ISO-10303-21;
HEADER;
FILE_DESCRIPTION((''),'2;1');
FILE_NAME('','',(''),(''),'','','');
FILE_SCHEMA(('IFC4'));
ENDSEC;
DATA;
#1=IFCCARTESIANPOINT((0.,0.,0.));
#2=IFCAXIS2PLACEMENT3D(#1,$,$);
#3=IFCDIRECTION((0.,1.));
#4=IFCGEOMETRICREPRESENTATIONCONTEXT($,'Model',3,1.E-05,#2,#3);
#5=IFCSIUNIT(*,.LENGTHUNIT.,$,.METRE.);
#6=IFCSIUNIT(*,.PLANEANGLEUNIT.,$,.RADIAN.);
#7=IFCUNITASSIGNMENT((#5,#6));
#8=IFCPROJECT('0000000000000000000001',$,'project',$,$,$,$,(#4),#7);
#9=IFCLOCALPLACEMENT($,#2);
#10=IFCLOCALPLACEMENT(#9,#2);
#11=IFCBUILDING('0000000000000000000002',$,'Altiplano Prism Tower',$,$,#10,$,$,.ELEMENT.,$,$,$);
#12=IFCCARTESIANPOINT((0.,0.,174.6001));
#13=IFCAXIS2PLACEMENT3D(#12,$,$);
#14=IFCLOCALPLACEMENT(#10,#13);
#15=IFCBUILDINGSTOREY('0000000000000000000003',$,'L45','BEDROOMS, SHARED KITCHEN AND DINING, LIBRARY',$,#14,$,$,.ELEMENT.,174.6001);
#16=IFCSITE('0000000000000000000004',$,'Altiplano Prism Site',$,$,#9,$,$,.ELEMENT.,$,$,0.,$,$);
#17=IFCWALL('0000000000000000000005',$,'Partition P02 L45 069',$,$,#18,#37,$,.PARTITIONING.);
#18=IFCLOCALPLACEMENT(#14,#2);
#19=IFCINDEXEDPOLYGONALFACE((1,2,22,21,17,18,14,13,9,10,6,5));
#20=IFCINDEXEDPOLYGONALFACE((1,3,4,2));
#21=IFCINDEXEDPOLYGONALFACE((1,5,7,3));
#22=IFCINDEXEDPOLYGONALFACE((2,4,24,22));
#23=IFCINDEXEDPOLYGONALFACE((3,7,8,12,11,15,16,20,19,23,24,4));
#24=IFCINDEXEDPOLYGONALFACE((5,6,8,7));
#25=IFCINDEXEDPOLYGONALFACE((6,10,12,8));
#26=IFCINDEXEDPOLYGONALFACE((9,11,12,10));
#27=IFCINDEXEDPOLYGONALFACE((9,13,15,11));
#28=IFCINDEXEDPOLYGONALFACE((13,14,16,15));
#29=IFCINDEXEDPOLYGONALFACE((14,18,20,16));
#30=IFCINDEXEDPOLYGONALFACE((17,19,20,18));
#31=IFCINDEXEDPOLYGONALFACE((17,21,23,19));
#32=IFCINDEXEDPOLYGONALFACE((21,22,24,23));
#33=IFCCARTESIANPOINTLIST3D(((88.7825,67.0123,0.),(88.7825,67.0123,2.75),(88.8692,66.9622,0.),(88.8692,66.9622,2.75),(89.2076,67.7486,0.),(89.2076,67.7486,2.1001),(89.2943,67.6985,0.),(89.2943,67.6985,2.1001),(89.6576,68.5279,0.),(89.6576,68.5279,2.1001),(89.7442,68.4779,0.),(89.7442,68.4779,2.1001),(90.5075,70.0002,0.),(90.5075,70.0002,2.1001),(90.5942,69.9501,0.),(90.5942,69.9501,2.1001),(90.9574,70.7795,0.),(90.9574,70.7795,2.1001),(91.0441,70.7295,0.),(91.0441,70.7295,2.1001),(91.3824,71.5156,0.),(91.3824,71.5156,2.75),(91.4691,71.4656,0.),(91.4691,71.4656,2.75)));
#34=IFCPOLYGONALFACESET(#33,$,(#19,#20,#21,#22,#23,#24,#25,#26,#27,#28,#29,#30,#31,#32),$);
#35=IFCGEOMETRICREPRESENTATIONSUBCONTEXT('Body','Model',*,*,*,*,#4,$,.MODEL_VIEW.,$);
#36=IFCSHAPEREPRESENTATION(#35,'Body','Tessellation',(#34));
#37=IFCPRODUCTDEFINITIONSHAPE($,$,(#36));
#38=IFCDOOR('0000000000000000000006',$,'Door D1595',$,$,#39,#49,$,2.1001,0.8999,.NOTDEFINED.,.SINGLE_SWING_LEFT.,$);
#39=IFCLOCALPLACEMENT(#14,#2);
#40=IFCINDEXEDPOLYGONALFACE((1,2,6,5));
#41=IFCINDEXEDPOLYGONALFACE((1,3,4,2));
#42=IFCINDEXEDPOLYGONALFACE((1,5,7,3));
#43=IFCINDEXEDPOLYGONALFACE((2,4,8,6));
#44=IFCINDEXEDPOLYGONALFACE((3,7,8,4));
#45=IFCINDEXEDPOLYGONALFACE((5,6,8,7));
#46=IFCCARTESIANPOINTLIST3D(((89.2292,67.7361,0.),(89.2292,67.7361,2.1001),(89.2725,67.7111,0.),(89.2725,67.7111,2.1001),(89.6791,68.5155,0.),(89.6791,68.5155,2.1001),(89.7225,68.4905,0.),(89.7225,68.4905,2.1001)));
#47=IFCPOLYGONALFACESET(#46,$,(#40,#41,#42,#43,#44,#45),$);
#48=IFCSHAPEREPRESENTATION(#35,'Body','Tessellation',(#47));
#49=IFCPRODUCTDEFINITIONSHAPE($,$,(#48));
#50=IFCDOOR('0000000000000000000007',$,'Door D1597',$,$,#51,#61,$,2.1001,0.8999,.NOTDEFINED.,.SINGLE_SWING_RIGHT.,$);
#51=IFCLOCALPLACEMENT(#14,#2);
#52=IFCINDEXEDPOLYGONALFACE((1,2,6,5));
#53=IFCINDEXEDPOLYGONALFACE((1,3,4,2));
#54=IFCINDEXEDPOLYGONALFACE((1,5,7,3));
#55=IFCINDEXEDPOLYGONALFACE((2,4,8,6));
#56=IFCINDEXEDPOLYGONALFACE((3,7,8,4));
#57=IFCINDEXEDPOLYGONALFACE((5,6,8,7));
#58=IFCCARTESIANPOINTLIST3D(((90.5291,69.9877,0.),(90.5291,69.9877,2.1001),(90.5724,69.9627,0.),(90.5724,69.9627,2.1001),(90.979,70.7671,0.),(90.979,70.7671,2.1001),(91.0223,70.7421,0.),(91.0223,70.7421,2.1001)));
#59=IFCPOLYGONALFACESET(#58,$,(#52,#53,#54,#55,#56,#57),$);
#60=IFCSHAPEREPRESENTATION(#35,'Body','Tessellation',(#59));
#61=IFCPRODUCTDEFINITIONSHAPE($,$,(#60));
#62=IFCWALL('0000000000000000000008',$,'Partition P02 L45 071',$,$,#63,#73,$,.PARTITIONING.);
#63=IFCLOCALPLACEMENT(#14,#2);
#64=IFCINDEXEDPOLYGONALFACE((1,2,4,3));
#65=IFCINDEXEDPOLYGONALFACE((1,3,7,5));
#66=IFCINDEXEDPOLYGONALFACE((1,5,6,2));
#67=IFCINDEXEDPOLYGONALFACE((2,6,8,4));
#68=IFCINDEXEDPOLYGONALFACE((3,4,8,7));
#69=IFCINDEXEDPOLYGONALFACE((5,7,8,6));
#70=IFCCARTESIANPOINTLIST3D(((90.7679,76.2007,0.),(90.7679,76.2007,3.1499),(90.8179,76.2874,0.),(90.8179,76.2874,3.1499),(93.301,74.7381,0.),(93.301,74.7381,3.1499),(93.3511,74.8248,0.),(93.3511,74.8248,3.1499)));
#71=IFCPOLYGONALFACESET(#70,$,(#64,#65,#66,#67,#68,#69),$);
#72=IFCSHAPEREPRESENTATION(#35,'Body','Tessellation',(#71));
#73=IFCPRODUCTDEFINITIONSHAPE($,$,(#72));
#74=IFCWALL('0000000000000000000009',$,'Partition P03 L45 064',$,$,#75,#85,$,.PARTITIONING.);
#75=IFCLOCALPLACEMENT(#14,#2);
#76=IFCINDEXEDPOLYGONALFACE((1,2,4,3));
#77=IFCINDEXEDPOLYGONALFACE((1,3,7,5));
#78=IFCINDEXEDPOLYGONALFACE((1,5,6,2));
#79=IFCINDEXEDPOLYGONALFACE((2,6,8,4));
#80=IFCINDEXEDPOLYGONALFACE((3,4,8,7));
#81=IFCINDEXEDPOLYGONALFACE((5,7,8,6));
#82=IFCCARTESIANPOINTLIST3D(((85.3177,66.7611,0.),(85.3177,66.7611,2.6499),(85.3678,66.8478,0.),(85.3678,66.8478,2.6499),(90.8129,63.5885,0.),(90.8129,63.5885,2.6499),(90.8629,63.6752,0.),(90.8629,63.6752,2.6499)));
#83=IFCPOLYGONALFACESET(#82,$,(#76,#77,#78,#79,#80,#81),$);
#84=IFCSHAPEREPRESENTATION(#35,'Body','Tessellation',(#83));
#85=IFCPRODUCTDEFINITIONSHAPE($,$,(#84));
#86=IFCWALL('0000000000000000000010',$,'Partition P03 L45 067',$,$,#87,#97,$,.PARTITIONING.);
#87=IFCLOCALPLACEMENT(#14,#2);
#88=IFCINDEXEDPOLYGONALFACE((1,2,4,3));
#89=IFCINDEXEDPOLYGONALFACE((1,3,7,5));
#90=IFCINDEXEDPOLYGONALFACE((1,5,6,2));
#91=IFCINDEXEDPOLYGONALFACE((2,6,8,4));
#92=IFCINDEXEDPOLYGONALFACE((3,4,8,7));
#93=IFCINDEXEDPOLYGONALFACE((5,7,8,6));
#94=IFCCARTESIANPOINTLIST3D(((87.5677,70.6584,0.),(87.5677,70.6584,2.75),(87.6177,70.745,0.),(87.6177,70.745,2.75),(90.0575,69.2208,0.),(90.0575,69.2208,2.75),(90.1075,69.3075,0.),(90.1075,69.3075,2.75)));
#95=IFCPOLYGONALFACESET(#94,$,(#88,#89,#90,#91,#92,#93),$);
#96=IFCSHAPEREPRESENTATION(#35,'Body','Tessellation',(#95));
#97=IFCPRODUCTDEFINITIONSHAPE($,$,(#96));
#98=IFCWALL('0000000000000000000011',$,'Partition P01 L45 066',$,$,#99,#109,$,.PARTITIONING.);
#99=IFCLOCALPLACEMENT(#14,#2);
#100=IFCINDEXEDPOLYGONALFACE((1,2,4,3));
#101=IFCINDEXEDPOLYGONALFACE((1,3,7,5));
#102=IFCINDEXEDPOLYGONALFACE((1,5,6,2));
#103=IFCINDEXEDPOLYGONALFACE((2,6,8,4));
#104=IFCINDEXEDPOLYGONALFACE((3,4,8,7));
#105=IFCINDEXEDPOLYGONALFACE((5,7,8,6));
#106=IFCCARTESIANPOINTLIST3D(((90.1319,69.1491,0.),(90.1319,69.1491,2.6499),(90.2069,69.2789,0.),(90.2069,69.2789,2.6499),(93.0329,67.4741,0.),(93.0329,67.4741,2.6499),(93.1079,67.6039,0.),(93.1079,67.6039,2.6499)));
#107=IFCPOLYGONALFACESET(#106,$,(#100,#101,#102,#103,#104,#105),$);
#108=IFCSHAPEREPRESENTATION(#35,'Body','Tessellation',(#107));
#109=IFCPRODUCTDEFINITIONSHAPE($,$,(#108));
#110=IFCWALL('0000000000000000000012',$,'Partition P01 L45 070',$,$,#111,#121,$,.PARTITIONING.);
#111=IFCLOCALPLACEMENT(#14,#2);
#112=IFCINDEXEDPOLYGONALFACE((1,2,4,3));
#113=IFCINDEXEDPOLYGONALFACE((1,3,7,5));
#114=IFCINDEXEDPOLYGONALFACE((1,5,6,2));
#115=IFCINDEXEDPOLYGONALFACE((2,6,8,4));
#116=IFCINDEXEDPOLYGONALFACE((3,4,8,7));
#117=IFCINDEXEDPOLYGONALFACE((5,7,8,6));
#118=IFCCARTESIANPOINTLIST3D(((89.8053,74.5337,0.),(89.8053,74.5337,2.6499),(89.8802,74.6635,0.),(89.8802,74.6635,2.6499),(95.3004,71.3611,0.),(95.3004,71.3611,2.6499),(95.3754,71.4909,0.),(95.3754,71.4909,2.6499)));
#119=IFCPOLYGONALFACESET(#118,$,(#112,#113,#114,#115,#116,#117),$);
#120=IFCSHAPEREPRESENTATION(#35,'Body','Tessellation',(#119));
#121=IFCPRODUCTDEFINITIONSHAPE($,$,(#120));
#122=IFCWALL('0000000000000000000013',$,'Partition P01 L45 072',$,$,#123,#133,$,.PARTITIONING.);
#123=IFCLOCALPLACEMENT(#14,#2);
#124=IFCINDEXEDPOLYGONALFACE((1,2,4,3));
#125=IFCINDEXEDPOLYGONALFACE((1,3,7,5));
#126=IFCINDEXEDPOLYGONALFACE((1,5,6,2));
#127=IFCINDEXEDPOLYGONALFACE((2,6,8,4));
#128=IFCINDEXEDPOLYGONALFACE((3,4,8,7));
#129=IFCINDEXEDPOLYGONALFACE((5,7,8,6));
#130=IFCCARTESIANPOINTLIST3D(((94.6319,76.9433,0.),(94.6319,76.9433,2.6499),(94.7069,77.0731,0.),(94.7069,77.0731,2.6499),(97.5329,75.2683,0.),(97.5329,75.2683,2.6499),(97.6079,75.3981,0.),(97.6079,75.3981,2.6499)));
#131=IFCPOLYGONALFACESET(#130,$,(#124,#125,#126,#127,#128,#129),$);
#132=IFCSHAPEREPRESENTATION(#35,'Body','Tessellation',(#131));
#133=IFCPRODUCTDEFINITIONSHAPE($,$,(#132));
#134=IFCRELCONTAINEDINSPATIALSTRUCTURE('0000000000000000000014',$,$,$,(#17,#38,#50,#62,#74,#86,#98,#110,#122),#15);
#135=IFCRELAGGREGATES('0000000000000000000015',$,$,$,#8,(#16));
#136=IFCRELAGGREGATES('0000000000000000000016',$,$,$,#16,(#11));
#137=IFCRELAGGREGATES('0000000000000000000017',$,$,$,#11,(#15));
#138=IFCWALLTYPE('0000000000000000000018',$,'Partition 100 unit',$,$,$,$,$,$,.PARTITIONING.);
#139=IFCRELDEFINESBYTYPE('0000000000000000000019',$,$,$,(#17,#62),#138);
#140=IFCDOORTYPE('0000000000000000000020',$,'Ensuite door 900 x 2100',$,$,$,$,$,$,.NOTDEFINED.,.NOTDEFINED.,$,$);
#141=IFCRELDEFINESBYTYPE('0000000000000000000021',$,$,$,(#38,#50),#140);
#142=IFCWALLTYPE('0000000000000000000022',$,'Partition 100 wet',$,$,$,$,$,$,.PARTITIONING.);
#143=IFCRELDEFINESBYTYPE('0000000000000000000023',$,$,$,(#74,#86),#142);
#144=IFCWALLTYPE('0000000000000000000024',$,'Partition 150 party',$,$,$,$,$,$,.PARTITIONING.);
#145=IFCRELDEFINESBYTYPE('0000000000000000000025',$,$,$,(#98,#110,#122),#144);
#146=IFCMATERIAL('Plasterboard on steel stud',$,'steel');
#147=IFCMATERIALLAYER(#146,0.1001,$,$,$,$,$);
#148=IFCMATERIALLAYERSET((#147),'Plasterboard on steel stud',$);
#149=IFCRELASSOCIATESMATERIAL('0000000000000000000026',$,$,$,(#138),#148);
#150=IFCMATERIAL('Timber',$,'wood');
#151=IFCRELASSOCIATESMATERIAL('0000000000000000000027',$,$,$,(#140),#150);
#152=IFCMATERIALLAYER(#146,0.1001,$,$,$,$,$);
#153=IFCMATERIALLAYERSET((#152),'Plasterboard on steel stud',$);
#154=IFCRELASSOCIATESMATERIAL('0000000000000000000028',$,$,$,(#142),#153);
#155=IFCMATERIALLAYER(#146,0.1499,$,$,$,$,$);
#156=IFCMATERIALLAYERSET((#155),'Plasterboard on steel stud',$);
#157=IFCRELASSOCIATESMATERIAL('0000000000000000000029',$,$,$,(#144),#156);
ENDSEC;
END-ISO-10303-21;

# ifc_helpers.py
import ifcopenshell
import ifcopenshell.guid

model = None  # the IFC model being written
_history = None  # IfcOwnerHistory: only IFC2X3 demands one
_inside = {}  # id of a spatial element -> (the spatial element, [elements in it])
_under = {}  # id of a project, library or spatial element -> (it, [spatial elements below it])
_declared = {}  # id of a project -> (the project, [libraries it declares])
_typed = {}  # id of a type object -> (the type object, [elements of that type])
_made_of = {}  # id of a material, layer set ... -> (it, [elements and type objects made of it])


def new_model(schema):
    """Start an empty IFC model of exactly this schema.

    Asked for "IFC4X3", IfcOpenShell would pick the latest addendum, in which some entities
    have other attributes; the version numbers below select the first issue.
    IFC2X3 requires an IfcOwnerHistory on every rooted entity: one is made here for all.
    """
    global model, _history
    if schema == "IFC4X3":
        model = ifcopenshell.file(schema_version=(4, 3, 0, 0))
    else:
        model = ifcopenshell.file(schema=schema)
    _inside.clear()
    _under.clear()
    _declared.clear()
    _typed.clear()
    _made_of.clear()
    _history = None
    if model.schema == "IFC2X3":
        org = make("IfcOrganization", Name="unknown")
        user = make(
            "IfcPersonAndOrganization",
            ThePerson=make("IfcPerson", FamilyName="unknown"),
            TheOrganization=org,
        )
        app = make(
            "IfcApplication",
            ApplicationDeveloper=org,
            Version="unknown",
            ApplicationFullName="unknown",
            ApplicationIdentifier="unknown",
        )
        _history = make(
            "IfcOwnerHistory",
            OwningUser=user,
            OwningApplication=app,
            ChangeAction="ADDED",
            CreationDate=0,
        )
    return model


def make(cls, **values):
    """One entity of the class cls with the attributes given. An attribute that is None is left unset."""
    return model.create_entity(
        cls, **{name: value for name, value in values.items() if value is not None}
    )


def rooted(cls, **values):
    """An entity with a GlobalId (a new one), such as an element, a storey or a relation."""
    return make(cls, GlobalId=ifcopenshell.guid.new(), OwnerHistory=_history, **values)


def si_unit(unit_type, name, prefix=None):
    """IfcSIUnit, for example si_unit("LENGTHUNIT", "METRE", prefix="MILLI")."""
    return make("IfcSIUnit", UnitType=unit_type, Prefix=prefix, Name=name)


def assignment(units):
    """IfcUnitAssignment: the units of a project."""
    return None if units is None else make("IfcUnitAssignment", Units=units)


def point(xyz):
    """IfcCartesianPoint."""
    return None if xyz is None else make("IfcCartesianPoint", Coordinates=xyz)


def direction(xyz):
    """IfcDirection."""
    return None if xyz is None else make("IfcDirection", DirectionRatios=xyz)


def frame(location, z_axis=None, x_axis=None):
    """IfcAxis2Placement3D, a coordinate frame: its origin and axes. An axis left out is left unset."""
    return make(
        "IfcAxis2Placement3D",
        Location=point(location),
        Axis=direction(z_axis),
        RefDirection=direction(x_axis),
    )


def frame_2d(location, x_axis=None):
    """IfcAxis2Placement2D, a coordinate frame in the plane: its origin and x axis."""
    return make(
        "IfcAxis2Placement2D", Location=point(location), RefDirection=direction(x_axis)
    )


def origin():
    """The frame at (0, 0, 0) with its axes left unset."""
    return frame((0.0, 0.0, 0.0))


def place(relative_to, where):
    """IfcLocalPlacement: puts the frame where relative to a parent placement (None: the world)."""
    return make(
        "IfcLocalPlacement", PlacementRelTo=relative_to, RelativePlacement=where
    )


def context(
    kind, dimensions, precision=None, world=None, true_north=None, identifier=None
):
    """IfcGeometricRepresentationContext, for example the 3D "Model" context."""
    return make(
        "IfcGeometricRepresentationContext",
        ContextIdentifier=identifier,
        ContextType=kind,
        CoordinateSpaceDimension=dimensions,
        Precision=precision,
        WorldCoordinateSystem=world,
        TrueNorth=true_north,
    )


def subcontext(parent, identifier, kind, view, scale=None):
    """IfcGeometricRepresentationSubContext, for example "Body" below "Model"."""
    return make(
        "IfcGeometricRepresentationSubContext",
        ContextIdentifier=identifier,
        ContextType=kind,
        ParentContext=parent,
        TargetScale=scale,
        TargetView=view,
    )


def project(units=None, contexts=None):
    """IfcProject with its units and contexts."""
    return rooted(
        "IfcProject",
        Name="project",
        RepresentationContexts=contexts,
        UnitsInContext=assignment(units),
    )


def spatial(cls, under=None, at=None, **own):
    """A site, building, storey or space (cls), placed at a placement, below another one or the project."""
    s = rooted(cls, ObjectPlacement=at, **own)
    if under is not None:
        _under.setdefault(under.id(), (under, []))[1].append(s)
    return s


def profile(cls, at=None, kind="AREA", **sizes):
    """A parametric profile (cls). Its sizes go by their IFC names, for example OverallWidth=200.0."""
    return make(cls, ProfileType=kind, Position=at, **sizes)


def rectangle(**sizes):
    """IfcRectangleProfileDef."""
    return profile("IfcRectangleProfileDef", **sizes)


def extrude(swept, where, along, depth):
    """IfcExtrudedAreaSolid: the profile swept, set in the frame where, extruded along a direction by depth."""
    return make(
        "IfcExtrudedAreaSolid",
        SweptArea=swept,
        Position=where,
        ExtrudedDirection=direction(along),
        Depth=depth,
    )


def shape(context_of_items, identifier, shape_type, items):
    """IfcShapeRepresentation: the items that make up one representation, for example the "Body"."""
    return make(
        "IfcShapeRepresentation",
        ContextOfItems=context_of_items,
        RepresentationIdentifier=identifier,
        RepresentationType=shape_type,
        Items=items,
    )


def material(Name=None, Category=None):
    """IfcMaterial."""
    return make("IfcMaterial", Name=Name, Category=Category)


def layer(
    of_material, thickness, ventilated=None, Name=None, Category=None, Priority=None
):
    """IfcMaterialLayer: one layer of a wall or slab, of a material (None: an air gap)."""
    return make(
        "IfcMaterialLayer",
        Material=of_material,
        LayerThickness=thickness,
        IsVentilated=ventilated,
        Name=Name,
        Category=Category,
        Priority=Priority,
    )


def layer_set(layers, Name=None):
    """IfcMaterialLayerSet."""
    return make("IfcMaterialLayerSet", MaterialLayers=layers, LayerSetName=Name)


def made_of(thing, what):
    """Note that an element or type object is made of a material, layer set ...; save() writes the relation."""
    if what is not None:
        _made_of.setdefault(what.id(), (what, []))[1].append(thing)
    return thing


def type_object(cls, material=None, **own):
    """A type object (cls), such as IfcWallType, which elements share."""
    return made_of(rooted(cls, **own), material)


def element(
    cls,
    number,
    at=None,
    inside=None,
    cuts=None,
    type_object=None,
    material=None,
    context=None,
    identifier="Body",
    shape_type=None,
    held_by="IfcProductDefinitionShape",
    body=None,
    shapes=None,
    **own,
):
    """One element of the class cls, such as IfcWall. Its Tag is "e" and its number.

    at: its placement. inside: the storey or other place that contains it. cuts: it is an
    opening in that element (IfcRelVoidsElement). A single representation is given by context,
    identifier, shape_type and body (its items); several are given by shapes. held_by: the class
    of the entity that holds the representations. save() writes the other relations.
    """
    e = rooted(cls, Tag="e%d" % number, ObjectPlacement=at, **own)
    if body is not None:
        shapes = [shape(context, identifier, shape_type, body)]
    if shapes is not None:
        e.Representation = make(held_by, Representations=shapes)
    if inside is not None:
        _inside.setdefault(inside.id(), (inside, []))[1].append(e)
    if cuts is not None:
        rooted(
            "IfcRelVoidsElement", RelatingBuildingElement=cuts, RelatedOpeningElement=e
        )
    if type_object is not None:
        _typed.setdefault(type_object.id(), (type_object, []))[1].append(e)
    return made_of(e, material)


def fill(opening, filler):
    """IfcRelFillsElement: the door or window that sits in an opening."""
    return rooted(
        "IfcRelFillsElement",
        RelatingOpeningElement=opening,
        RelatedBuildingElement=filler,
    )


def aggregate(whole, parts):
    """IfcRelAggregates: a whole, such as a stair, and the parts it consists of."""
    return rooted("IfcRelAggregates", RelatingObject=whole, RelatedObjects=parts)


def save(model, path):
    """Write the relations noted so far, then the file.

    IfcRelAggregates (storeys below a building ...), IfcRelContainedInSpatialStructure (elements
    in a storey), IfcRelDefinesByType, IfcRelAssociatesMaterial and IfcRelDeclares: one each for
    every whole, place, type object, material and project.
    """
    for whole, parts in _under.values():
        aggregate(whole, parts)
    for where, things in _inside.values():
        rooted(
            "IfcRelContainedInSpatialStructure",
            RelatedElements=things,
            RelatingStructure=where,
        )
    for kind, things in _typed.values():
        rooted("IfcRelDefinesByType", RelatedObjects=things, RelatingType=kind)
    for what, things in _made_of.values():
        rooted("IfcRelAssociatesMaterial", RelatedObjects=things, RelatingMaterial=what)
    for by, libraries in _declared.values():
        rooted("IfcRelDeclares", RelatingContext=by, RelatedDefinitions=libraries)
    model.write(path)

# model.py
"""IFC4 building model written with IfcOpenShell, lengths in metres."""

from ifc_helpers import new_model, si_unit, direction, frame, frame_2d, origin, place, context, subcontext, project, spatial, rectangle, extrude, material, layer, layer_set, type_object, element, fill, save


model = new_model("IFC4")

# Units and contexts
model_context = context("Model", 3, precision=1e-05, world=origin(), true_north=direction((0.0, 1.0)))
body_context = subcontext(model_context, "Body", "Model", "MODEL_VIEW")
ifc_project = project(units=[si_unit("LENGTHUNIT", "METRE"), si_unit("PLANEANGLEUNIT", "RADIAN")], contexts=[model_context])

# Site, building, storey
site_placement = place(None, origin())
site = spatial("IfcSite", under=ifc_project, at=site_placement, Name="Altiplano Prism Site", CompositionType="ELEMENT", RefElevation=0.0)
building_placement = place(site_placement, origin())
building = spatial("IfcBuilding", under=site, at=building_placement, Name="Altiplano Prism Tower", CompositionType="ELEMENT")
storey_placement = place(building_placement, frame((0.0, 0.0, 174.6001)))
storey = spatial("IfcBuildingStorey", under=building, at=storey_placement, Name="L45", Description="BEDROOMS, SHARED KITCHEN AND DINING, LIBRARY", CompositionType="ELEMENT", Elevation=174.6001)

# Shared definitions
ifc_material_1 = material(Name="Plasterboard on steel stud", Category="steel")
ifc_layer_1 = layer(ifc_material_1, 0.1001)
ifc_layer_set_1 = layer_set([ifc_layer_1], Name="Plasterboard on steel stud")
wall_type_1 = type_object("IfcWallType", Name="Partition 100 unit", PredefinedType="PARTITIONING", material=ifc_layer_set_1)

# Wall, openings, doors
wall_1_placement = place(storey_placement, frame((91.4258, 71.4907, 0.0), z_axis=(0.0, 0.0, 1.0), x_axis=(-0.499972, -0.866042, 0.0)))
wall_1 = element("IfcWall", 1, at=wall_1_placement, inside=storey, type_object=wall_type_1, Name="Partition P02 L45 069", PredefinedType="PARTITIONING", context=body_context, shape_type="SweptSolid", body=[
    extrude(rectangle(XDim=5.2, YDim=0.1001, at=frame_2d((2.6001, 0.0))), origin(), (0.0, 0.0, 1.0), 2.75),
])
opening_1_placement = place(wall_1_placement, frame((3.45, 0.0, 0.0)))
opening_1 = element("IfcOpeningElement", 2, at=opening_1_placement, cuts=wall_1, PredefinedType="OPENING", context=body_context, shape_type="SweptSolid", body=[
    extrude(rectangle(XDim=0.8999, YDim=2.1001, at=frame_2d((0.45, 1.05))), frame((0.0, 0.0605, 0.0), z_axis=(0.0, -1.0, 0.0), x_axis=(1.0, 0.0, 0.0)), (0.0, 0.0, 1.0), 0.1211),
])
opening_2_placement = place(wall_1_placement, frame((0.8501, 0.0, 0.0)))
opening_2 = element("IfcOpeningElement", 3, at=opening_2_placement, cuts=wall_1, PredefinedType="OPENING", context=body_context, shape_type="SweptSolid", body=[
    extrude(rectangle(XDim=0.8999, YDim=2.1001, at=frame_2d((0.45, 1.05))), frame((0.0, 0.0605, 0.0), z_axis=(0.0, -1.0, 0.0), x_axis=(1.0, 0.0, 0.0)), (0.0, 0.0, 1.0), 0.1211),
])
ifc_material_2 = material(Name="Timber", Category="wood")
door_type = type_object("IfcDoorType", Name="Ensuite door 900 x 2100", OperationType="NOTDEFINED", PredefinedType="NOTDEFINED", material=ifc_material_2)
door_1_placement = place(opening_1_placement, origin())
door_1 = element("IfcDoor", 4, at=door_1_placement, inside=storey, type_object=door_type, Name="Door D1595", OperationType="SINGLE_SWING_LEFT", OverallHeight=2.1001, OverallWidth=0.8999, PredefinedType="NOTDEFINED", context=body_context, shape_type="SweptSolid", body=[
    extrude(rectangle(XDim=0.8999, YDim=2.1001, at=frame_2d((0.45, 1.05))), frame((0.0, 0.0249, 0.0), z_axis=(0.0, -1.0, 0.0), x_axis=(1.0, 0.0, 0.0)), (0.0, 0.0, 1.0), 0.05),
])
fill(opening_1, door_1)
door_2_placement = place(opening_2_placement, origin())
door_2 = element("IfcDoor", 5, at=door_2_placement, inside=storey, type_object=door_type, Name="Door D1597", OperationType="SINGLE_SWING_RIGHT", OverallHeight=2.1001, OverallWidth=0.8999, PredefinedType="NOTDEFINED", context=body_context, shape_type="SweptSolid", body=[
    extrude(rectangle(XDim=0.8999, YDim=2.1001, at=frame_2d((0.45, 1.05))), frame((0.0, 0.0249, 0.0), z_axis=(0.0, -1.0, 0.0), x_axis=(1.0, 0.0, 0.0)), (0.0, 0.0, 1.0), 0.05),
])
fill(opening_2, door_2)

# Walls
wall_2_placement = place(storey_placement, frame((93.3259, 74.7815, 0.0), z_axis=(0.0, 0.0, 1.0), x_axis=(-0.86601, 0.500026, 0.0)))
element("IfcWall", 6, at=wall_2_placement, inside=storey, type_object=wall_type_1, Name="Partition P02 L45 071", PredefinedType="PARTITIONING", context=body_context, shape_type="SweptSolid", body=[
    extrude(rectangle(XDim=2.925, YDim=0.1001, at=frame_2d((1.4624, 0.0))), origin(), (0.0, 0.0, 1.0), 3.1499),
])
ifc_layer_2 = layer(ifc_material_1, 0.1001)
ifc_layer_set_2 = layer_set([ifc_layer_2], Name="Plasterboard on steel stud")
wall_type_2 = type_object("IfcWallType", Name="Partition 100 wet", PredefinedType="PARTITIONING", material=ifc_layer_set_2)
wall_3_placement = place(storey_placement, frame((90.8379, 63.6318, 0.0), z_axis=(0.0, 0.0, 1.0), x_axis=(-0.866025, 0.5, 0.0)))
element("IfcWall", 7, at=wall_3_placement, inside=storey, type_object=wall_type_2, Name="Partition P03 L45 064", PredefinedType="PARTITIONING", context=body_context, shape_type="SweptSolid", body=[
    extrude(rectangle(XDim=6.3452, YDim=0.1001, at=frame_2d((3.1726, 0.0))), origin(), (0.0, 0.0, 1.0), 2.6499),
])
wall_4_placement = place(storey_placement, frame((90.0825, 69.2642, 0.0), z_axis=(0.0, 0.0, 1.0), x_axis=(-0.866019, 0.500012, 0.0)))
element("IfcWall", 8, at=wall_4_placement, inside=storey, type_object=wall_type_2, Name="Partition P03 L45 067", PredefinedType="PARTITIONING", context=body_context, shape_type="SweptSolid", body=[
    extrude(rectangle(XDim=2.875, YDim=0.1001, at=frame_2d((1.4375, 0.0))), origin(), (0.0, 0.0, 1.0), 2.75),
])
ifc_layer_3 = layer(ifc_material_1, 0.1499)
ifc_layer_set_3 = layer_set([ifc_layer_3], Name="Plasterboard on steel stud")
wall_type_3 = type_object("IfcWallType", Name="Partition 150 party", PredefinedType="PARTITIONING", material=ifc_layer_set_3)
wall_5_placement = place(storey_placement, frame((93.0703, 67.5391, 0.0), z_axis=(0.0, 0.0, 1.0), x_axis=(-0.866014, 0.500019, 0.0)))
element("IfcWall", 9, at=wall_5_placement, inside=storey, type_object=wall_type_3, Name="Partition P01 L45 066", PredefinedType="PARTITIONING", context=body_context, shape_type="SweptSolid", body=[
    extrude(rectangle(XDim=3.3499, YDim=0.1499, at=frame_2d((1.6748, 0.0))), origin(), (0.0, 0.0, 1.0), 2.6499),
])
wall_6_placement = place(storey_placement, frame((95.3379, 71.426, 0.0), z_axis=(0.0, 0.0, 1.0), x_axis=(-0.866025, 0.5, 0.0)))
element("IfcWall", 10, at=wall_6_placement, inside=storey, type_object=wall_type_3, Name="Partition P01 L45 070", PredefinedType="PARTITIONING", context=body_context, shape_type="SweptSolid", body=[
    extrude(rectangle(XDim=6.3452, YDim=0.1499, at=frame_2d((3.1726, 0.0))), origin(), (0.0, 0.0, 1.0), 2.6499),
])
wall_7_placement = place(storey_placement, frame((97.5703, 75.3333, 0.0), z_axis=(0.0, 0.0, 1.0), x_axis=(-0.866014, 0.500019, 0.0)))
element("IfcWall", 11, at=wall_7_placement, inside=storey, type_object=wall_type_3, Name="Partition P01 L45 072", PredefinedType="PARTITIONING", context=body_context, shape_type="SweptSolid", body=[
    extrude(rectangle(XDim=3.3499, YDim=0.1499, at=frame_2d((1.6748, 0.0))), origin(), (0.0, 0.0, 1.0), 2.6499),
])

save(model, "model.ifc")
